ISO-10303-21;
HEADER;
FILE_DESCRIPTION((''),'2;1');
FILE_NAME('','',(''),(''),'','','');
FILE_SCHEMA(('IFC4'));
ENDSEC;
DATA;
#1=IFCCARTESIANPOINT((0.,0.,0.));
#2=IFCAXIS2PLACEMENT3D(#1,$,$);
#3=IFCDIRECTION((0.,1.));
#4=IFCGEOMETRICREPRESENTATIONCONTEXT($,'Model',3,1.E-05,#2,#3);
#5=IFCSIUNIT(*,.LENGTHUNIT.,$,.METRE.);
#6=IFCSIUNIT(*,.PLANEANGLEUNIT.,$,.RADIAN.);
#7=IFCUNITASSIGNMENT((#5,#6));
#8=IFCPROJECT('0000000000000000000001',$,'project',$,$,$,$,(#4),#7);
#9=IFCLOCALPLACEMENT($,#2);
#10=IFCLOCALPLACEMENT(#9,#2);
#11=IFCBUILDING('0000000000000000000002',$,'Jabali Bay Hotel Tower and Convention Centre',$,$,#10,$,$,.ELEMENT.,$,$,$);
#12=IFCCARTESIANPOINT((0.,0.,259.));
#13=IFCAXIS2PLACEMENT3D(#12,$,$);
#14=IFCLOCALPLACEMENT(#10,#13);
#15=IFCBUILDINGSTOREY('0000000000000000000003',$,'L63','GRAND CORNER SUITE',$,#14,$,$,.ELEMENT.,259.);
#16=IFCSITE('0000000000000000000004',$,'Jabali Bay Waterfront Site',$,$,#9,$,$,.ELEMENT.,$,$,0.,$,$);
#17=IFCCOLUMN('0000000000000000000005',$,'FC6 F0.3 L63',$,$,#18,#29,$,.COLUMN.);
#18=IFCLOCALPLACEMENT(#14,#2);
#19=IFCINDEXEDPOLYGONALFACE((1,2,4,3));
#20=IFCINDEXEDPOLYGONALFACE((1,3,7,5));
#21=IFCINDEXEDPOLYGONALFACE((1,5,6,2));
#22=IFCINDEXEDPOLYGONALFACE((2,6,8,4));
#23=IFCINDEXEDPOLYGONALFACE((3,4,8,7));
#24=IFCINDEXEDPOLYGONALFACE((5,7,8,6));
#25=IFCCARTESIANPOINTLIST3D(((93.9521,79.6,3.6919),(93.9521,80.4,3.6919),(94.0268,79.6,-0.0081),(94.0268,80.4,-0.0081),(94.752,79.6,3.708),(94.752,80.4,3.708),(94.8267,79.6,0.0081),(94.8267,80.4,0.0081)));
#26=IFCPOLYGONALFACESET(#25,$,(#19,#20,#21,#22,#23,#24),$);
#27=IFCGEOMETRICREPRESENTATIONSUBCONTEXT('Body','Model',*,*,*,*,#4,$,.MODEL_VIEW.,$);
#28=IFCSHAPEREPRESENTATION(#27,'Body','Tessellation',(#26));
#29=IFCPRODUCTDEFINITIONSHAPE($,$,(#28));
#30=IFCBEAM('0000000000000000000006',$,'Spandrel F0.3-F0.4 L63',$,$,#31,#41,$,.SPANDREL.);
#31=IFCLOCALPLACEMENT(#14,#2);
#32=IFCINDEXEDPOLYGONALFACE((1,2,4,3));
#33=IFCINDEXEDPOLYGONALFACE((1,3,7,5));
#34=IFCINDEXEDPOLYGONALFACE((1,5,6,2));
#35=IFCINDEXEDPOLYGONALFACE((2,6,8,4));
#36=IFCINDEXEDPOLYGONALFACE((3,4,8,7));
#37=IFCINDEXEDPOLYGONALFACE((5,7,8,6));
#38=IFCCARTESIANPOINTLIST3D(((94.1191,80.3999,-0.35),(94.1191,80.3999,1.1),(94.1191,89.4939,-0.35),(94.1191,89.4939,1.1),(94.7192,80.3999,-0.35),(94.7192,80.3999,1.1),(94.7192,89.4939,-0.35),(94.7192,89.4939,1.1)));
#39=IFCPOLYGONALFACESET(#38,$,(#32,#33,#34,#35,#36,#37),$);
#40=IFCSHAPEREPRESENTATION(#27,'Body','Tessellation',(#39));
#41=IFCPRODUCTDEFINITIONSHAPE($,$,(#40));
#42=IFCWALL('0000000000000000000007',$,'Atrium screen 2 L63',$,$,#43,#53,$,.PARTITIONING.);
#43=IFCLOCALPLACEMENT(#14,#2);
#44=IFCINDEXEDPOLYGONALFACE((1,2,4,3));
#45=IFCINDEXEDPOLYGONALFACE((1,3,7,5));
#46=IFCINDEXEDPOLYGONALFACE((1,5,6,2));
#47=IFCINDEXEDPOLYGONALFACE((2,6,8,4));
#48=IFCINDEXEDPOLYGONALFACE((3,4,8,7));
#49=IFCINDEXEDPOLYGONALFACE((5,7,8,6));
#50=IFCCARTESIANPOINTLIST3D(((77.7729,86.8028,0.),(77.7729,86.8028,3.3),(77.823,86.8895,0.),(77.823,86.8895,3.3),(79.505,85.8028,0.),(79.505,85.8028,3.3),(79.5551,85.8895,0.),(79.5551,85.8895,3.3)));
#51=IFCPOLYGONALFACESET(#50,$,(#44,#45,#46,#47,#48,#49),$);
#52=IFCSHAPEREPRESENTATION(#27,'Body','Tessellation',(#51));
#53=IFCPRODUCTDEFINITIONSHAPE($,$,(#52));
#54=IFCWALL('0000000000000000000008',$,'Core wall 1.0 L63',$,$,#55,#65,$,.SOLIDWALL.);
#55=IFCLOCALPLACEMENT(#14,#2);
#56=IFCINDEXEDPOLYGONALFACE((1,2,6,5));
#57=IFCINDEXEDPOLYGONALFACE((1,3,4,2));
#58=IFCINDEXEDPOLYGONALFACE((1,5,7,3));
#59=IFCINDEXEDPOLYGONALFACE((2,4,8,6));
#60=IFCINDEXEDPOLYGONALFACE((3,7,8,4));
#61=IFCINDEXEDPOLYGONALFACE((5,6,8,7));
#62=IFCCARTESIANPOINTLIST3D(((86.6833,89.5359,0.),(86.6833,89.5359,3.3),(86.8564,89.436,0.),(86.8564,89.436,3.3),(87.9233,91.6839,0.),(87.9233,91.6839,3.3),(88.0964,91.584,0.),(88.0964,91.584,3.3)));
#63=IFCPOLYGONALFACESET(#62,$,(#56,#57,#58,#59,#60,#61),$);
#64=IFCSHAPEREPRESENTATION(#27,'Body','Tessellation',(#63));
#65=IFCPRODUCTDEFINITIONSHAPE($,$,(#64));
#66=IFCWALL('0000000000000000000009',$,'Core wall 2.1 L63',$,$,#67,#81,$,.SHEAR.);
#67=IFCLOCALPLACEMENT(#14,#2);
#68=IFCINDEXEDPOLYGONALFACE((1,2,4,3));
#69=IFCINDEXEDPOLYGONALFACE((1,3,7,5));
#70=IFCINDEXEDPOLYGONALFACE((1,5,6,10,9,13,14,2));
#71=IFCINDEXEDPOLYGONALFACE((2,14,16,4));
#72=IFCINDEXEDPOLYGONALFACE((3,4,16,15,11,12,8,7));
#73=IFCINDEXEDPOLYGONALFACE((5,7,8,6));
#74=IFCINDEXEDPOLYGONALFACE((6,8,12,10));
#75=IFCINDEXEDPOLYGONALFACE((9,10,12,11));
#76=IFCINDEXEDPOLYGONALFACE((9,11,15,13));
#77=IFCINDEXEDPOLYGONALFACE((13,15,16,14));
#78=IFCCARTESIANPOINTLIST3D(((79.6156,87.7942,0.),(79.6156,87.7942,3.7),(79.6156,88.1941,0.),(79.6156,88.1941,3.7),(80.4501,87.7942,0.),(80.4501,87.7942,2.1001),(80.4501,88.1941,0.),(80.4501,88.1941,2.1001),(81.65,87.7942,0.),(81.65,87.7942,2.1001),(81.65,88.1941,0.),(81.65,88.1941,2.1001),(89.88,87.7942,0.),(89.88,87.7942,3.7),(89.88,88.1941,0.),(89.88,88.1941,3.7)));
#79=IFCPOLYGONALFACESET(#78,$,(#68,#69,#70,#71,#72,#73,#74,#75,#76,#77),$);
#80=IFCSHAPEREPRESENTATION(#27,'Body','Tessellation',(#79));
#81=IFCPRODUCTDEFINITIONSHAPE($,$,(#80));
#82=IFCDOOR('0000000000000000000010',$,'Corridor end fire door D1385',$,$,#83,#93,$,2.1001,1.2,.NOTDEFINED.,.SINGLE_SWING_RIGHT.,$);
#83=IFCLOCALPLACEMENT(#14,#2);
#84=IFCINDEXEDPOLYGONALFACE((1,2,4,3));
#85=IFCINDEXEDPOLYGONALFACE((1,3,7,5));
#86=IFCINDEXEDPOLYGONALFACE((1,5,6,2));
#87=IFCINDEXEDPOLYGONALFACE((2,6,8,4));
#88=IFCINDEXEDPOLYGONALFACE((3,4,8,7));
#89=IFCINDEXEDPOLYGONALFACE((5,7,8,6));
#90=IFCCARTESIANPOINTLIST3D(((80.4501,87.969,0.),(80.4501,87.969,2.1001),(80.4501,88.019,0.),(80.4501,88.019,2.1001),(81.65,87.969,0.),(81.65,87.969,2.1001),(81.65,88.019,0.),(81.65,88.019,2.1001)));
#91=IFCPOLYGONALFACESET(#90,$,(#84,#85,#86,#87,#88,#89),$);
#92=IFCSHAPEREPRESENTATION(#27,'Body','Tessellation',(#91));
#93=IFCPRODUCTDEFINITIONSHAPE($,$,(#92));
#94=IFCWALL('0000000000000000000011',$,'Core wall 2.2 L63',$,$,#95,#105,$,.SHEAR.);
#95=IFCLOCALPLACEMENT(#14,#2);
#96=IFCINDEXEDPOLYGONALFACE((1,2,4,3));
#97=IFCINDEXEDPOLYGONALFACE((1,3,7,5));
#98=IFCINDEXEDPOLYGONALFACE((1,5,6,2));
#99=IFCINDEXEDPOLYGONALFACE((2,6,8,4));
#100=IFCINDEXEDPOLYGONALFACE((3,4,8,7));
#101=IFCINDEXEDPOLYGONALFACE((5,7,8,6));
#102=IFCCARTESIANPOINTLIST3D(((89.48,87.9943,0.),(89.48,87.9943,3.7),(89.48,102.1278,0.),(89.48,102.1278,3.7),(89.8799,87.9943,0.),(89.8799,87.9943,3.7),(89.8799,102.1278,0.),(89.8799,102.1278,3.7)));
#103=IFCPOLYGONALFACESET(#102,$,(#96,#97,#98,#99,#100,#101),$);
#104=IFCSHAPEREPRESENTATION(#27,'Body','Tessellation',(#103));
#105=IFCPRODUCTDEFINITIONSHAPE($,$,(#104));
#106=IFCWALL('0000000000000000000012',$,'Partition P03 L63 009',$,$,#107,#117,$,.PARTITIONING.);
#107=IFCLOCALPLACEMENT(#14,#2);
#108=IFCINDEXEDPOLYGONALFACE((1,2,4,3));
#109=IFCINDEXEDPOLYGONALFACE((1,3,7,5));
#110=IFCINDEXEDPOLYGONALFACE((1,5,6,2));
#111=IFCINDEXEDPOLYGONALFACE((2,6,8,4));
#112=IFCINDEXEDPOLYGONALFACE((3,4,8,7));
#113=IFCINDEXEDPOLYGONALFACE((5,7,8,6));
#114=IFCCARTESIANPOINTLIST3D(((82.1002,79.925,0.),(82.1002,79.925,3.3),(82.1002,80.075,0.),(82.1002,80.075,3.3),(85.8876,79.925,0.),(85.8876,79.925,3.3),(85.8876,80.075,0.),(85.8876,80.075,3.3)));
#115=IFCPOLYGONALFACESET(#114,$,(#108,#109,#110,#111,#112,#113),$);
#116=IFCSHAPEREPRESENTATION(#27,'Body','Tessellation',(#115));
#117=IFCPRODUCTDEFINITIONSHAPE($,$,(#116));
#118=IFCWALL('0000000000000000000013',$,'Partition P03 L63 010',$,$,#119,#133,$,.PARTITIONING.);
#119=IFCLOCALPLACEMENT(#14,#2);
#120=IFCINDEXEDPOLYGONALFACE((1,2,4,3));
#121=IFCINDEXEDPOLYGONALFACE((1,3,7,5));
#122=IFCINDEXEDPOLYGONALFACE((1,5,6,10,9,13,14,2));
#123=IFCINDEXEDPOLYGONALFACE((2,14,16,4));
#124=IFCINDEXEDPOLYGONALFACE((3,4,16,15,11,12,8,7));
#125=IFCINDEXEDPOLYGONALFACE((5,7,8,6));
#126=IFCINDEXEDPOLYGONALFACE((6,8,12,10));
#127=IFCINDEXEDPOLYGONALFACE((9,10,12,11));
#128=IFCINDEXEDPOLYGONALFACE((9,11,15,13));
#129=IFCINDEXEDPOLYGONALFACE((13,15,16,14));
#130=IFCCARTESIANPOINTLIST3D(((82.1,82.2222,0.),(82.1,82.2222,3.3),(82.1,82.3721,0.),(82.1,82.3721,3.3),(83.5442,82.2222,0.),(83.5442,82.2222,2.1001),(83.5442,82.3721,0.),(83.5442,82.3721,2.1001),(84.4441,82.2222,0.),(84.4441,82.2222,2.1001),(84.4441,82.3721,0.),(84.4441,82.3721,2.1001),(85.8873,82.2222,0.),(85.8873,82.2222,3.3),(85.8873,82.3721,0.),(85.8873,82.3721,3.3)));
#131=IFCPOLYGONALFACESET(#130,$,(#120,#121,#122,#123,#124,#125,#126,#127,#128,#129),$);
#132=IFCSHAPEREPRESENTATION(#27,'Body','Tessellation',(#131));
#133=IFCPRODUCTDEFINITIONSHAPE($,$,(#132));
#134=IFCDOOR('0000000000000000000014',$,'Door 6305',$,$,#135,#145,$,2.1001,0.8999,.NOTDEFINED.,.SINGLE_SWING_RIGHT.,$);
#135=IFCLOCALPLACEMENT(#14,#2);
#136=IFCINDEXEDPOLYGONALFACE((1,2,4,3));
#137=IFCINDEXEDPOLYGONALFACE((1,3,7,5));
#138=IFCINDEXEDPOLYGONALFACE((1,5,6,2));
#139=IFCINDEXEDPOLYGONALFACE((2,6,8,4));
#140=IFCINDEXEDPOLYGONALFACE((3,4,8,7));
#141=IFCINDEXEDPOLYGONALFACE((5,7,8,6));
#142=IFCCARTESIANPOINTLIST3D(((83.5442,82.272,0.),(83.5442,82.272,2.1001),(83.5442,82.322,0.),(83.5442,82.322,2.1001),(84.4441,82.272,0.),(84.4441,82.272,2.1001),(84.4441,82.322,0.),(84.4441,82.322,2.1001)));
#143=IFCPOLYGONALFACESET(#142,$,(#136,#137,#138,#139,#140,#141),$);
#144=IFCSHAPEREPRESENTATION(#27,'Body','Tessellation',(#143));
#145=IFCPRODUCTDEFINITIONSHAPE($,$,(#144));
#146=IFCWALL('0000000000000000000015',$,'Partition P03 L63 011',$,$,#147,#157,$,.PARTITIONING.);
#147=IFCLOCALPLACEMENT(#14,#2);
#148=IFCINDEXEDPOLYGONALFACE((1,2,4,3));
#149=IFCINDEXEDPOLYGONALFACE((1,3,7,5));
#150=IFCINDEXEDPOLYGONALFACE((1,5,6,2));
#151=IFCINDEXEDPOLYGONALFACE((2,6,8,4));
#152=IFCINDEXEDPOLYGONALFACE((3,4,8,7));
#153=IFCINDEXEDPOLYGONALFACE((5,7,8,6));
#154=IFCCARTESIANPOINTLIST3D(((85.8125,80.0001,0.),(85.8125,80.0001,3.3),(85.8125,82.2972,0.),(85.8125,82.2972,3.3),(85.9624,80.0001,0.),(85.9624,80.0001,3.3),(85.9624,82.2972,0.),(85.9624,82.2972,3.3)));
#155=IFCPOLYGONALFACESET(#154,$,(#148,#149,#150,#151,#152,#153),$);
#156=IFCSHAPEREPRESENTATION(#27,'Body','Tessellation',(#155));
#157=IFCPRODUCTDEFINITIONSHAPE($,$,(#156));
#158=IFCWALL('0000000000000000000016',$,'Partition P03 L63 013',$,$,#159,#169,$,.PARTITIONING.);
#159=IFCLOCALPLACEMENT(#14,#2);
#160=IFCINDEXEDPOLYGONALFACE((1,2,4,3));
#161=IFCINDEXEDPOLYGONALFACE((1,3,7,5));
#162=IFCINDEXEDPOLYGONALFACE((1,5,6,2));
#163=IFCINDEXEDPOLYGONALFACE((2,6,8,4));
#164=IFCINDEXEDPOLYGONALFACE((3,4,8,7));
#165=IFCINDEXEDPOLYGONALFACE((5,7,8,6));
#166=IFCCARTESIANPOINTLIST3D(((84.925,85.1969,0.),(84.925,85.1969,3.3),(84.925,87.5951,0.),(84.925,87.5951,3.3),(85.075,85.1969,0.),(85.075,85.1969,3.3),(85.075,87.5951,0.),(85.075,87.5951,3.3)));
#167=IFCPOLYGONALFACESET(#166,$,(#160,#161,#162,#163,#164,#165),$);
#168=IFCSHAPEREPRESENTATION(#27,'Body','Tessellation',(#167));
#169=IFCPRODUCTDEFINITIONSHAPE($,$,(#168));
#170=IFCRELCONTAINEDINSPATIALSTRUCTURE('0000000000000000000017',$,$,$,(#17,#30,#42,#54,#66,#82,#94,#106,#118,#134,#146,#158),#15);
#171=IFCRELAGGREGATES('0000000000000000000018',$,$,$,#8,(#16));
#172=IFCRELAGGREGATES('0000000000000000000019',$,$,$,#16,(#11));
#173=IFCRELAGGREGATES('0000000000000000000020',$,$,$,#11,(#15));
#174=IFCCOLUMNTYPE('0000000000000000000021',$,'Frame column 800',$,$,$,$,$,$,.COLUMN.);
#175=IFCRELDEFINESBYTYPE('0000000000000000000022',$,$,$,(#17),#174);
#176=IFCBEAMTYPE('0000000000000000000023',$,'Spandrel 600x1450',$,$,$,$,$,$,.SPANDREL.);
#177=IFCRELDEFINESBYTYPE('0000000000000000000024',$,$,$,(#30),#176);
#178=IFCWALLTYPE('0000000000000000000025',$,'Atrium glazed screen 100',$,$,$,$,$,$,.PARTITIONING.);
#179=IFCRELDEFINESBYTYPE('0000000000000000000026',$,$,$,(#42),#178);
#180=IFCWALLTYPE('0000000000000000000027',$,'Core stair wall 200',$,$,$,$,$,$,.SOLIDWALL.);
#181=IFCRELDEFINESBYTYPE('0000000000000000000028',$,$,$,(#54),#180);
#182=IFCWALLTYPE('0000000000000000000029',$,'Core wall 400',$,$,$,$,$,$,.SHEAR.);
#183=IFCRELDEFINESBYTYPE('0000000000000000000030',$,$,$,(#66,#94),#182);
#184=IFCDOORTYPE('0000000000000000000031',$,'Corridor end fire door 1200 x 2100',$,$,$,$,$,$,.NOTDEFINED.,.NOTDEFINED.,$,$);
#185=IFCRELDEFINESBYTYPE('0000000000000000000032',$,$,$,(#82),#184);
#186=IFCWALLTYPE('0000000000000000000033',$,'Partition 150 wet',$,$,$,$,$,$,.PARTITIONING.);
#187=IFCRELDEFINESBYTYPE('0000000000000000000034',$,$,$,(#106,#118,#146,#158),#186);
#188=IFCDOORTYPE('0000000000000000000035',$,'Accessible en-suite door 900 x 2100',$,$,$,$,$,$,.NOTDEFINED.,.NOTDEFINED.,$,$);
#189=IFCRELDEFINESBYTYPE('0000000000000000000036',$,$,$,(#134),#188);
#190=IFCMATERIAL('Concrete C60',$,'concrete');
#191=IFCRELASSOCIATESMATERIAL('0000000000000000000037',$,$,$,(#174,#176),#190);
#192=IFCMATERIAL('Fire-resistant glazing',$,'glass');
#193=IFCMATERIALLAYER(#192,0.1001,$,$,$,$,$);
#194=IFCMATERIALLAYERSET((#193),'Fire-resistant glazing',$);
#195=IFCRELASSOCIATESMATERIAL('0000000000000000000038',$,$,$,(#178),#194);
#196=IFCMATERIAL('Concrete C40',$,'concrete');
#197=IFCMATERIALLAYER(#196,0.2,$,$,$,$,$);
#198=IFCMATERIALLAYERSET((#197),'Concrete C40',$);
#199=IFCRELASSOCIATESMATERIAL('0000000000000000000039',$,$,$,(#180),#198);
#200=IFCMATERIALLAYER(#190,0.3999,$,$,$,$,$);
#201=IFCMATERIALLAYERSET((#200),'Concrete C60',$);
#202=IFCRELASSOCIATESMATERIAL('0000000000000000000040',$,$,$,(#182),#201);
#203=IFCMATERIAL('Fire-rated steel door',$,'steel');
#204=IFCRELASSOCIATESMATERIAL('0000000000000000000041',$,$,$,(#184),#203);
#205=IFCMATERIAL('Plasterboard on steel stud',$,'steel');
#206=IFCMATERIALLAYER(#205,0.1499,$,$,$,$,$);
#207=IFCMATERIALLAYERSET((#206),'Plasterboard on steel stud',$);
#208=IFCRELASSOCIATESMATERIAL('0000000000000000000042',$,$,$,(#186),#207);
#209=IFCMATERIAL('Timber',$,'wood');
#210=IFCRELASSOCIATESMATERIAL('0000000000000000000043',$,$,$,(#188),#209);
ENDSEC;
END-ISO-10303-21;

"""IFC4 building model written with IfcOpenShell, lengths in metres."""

from ifc_helpers import new_model, si_unit, direction, frame, frame_2d, origin, origin_2d, place, context, subcontext, project, spatial, rectangle, extrude, material, layer, layer_set, material_profile, profile_set, type_object, element, fill, save


model = new_model("IFC4")

# Units and contexts
model_context = context("Model", 3, precision=1e-05, world=origin(), true_north=direction((0.0, 1.0)))
body_context = subcontext(model_context, "Body", "Model", "MODEL_VIEW")
ifc_project = project(units=[si_unit("LENGTHUNIT", "METRE"), si_unit("PLANEANGLEUNIT", "RADIAN")], contexts=[model_context])

# Site, building, storey
site_placement = place(None, origin())
site = spatial("IfcSite", under=ifc_project, at=site_placement, Name="Jabali Bay Waterfront Site", CompositionType="ELEMENT", RefElevation=0.0)
building_placement = place(site_placement, origin())
building = spatial("IfcBuilding", under=site, at=building_placement, Name="Jabali Bay Hotel Tower and Convention Centre", CompositionType="ELEMENT")
storey_placement = place(building_placement, frame((0.0, 0.0, 259.0)))
storey = spatial("IfcBuildingStorey", under=building, at=storey_placement, Name="L63", Description="GRAND CORNER SUITE", CompositionType="ELEMENT", Elevation=259.0)

# Column
ifc_material_1 = material(Name="Concrete C60", Category="concrete")
ifc_material_profile_1 = material_profile(ifc_material_1, rectangle(XDim=0.8, YDim=0.8, at=origin_2d()), Name="Frame column 800")
ifc_profile_set_1 = profile_set([ifc_material_profile_1], Name="Concrete C60")
column_type = type_object("IfcColumnType", Name="Frame column 800", PredefinedType="COLUMN", material=ifc_profile_set_1)
column_placement = place(storey_placement, frame((94.4268, 80.0, 0.0), z_axis=(-0.020187, 0.0, 0.999796), x_axis=(0.0, -1.0, 0.0)))
element("IfcColumn", 1, at=column_placement, inside=storey, type_object=column_type, Name="FC6 F0.3 L63", PredefinedType="COLUMN", context=body_context, shape_type="SweptSolid", body=[
    extrude(rectangle(XDim=0.8, YDim=0.8, at=origin_2d()), origin(), (0.0, 0.0, 1.0), 3.7007),
])

# Beam
ifc_material_profile_2 = material_profile(ifc_material_1, rectangle(XDim=0.6001, YDim=1.45, at=origin_2d()), Name="Spandrel 600x1450")
ifc_profile_set_2 = profile_set([ifc_material_profile_2], Name="Concrete C60")
beam_type = type_object("IfcBeamType", Name="Spandrel 600x1450", PredefinedType="SPANDREL", material=ifc_profile_set_2)
beam_placement = place(storey_placement, frame((94.4192, 80.3999, 0.375), z_axis=(0.0, 1.0, 0.0), x_axis=(-1.0, 0.0, 0.0)))
element("IfcBeam", 2, at=beam_placement, inside=storey, type_object=beam_type, Name="Spandrel F0.3-F0.4 L63", PredefinedType="SPANDREL", context=body_context, shape_type="SweptSolid", body=[
    extrude(rectangle(XDim=0.6001, YDim=1.45, at=origin_2d()), origin(), (0.0, 0.0, 1.0), 9.094),
])

# Walls
ifc_material_2 = material(Name="Fire-resistant glazing", Category="glass")
ifc_layer_1 = layer(ifc_material_2, 0.1001)
ifc_layer_set_1 = layer_set([ifc_layer_1], Name="Fire-resistant glazing")
wall_type_1 = type_object("IfcWallType", Name="Atrium glazed screen 100", PredefinedType="PARTITIONING", material=ifc_layer_set_1)
wall_1_placement = place(storey_placement, frame((79.53, 85.8462, 0.0), z_axis=(0.0, 0.0, 1.0), x_axis=(-0.866041, 0.499973, 0.0)))
element("IfcWall", 3, at=wall_1_placement, inside=storey, type_object=wall_type_1, Name="Atrium screen 2 L63", PredefinedType="PARTITIONING", context=body_context, shape_type="SweptSolid", body=[
    extrude(rectangle(XDim=2.0, YDim=0.1001, at=frame_2d((1.0, 0.0))), origin(), (0.0, 0.0, 1.0), 3.3),
])
ifc_material_3 = material(Name="Concrete C40", Category="concrete")
ifc_layer_2 = layer(ifc_material_3, 0.2)
ifc_layer_set_2 = layer_set([ifc_layer_2], Name="Concrete C40")
wall_type_2 = type_object("IfcWallType", Name="Core stair wall 200", PredefinedType="SOLIDWALL", material=ifc_layer_set_2)
wall_2_placement = place(storey_placement, frame((86.7698, 89.4858, 0.0), z_axis=(0.0, 0.0, 1.0), x_axis=(0.499961, 0.866048, 0.0)))
element("IfcWall", 4, at=wall_2_placement, inside=storey, type_object=wall_type_2, Name="Core wall 1.0 L63", PredefinedType="SOLIDWALL", context=body_context, shape_type="SweptSolid", body=[
    extrude(rectangle(XDim=2.4802, YDim=0.2, at=frame_2d((1.2402, 0.0))), origin(), (0.0, 0.0, 1.0), 3.3),
])

# Wall, opening, door
ifc_layer_3 = layer(ifc_material_1, 0.3999)
ifc_layer_set_3 = layer_set([ifc_layer_3], Name="Concrete C60")
wall_type_3 = type_object("IfcWallType", Name="Core wall 400", PredefinedType="SHEAR", material=ifc_layer_set_3)
wall_3_placement = place(storey_placement, frame((79.6155, 87.9941, 0.0), z_axis=(0.0, 0.0, 1.0), x_axis=(1.0, 0.0, 0.0)))
wall_3 = element("IfcWall", 5, at=wall_3_placement, inside=storey, type_object=wall_type_3, Name="Core wall 2.1 L63", PredefinedType="SHEAR", context=body_context, shape_type="SweptSolid", body=[
    extrude(rectangle(XDim=10.2644, YDim=0.3999, at=frame_2d((5.1323, 0.0))), origin(), (0.0, 0.0, 1.0), 3.7),
])
opening_1_placement = place(wall_3_placement, frame((0.8345, 0.0, 0.0)))
opening_1 = element("IfcOpeningElement", 6, at=opening_1_placement, cuts=wall_3, PredefinedType="OPENING", context=body_context, shape_type="SweptSolid", body=[
    extrude(rectangle(XDim=1.2, YDim=2.1001, at=frame_2d((0.6001, 1.05))), frame((0.0, 0.2104, 0.0), z_axis=(0.0, -1.0, 0.0), x_axis=(1.0, 0.0, 0.0)), (0.0, 0.0, 1.0), 0.4209),
])
ifc_material_4 = material(Name="Fire-rated steel door", Category="steel")
door_type_1 = type_object("IfcDoorType", Name="Corridor end fire door 1200 x 2100", OperationType="NOTDEFINED", PredefinedType="NOTDEFINED", material=ifc_material_4)
door_1_placement = place(opening_1_placement, origin())
door_1 = element("IfcDoor", 7, at=door_1_placement, inside=storey, type_object=door_type_1, Name="Corridor end fire door D1385", OperationType="SINGLE_SWING_RIGHT", OverallHeight=2.1001, OverallWidth=1.2, PredefinedType="NOTDEFINED", context=body_context, shape_type="SweptSolid", body=[
    extrude(rectangle(XDim=1.2, YDim=2.1001, at=frame_2d((0.6001, 1.05))), frame((0.0, 0.0249, 0.0), z_axis=(0.0, -1.0, 0.0), x_axis=(1.0, 0.0, 0.0)), (0.0, 0.0, 1.0), 0.05),
])
fill(opening_1, door_1)

# Walls
wall_4_placement = place(storey_placement, frame((89.6799, 87.9941, 0.0), z_axis=(0.0, 0.0, 1.0), x_axis=(0.0, 1.0, 0.0)))
element("IfcWall", 8, at=wall_4_placement, inside=storey, type_object=wall_type_3, Name="Core wall 2.2 L63", PredefinedType="SHEAR", context=body_context, shape_type="SweptSolid", body=[
    extrude(rectangle(XDim=14.1335, YDim=0.3999, at=frame_2d((7.0669, 0.0))), origin(), (0.0, 0.0, 1.0), 3.7),
])
ifc_material_5 = material(Name="Plasterboard on steel stud", Category="steel")
ifc_layer_4 = layer(ifc_material_5, 0.1499)
ifc_layer_set_4 = layer_set([ifc_layer_4], Name="Plasterboard on steel stud")
wall_type_4 = type_object("IfcWallType", Name="Partition 150 wet", PredefinedType="PARTITIONING", material=ifc_layer_set_4)
wall_5_placement = place(storey_placement, frame((85.8875, 80.0, 0.0), z_axis=(0.0, 0.0, 1.0), x_axis=(-1.0, 0.0, 0.0)))
element("IfcWall", 9, at=wall_5_placement, inside=storey, type_object=wall_type_4, Name="Partition P03 L63 009", PredefinedType="PARTITIONING", context=body_context, shape_type="SweptSolid", body=[
    extrude(rectangle(XDim=3.7874, YDim=0.1499, at=frame_2d((1.8936, 0.0))), origin(), (0.0, 0.0, 1.0), 3.3),
])

# Wall, opening, door
wall_6_placement = place(storey_placement, frame((82.1001, 82.2971, 0.0), z_axis=(0.0, 0.0, 1.0), x_axis=(1.0, 0.0, 0.0)))
wall_6 = element("IfcWall", 10, at=wall_6_placement, inside=storey, type_object=wall_type_4, Name="Partition P03 L63 010", PredefinedType="PARTITIONING", context=body_context, shape_type="SweptSolid", body=[
    extrude(rectangle(XDim=3.7874, YDim=0.1499, at=frame_2d((1.8936, 0.0))), origin(), (0.0, 0.0, 1.0), 3.3),
])
opening_2_placement = place(wall_6_placement, frame((1.4441, 0.0, 0.0)))
opening_2 = element("IfcOpeningElement", 11, at=opening_2_placement, cuts=wall_6, PredefinedType="OPENING", context=body_context, shape_type="SweptSolid", body=[
    extrude(rectangle(XDim=0.8999, YDim=2.1001, at=frame_2d((0.45, 1.05))), frame((0.0, 0.0854, 0.0), z_axis=(0.0, -1.0, 0.0), x_axis=(1.0, 0.0, 0.0)), (0.0, 0.0, 1.0), 0.1709),
])
ifc_material_6 = material(Name="Timber", Category="wood")
door_type_2 = type_object("IfcDoorType", Name="Accessible en-suite door 900 x 2100", OperationType="NOTDEFINED", PredefinedType="NOTDEFINED", material=ifc_material_6)
door_2_placement = place(opening_2_placement, origin())
door_2 = element("IfcDoor", 12, at=door_2_placement, inside=storey, type_object=door_type_2, Name="Door 6305", OperationType="SINGLE_SWING_RIGHT", OverallHeight=2.1001, OverallWidth=0.8999, PredefinedType="NOTDEFINED", context=body_context, shape_type="SweptSolid", body=[
    extrude(rectangle(XDim=0.8999, YDim=2.1001, at=frame_2d((0.45, 1.05))), frame((0.0, 0.0249, 0.0), z_axis=(0.0, -1.0, 0.0), x_axis=(1.0, 0.0, 0.0)), (0.0, 0.0, 1.0), 0.05),
])
fill(opening_2, door_2)

# Walls
wall_7_placement = place(storey_placement, frame((85.8875, 82.2971, 0.0), z_axis=(0.0, 0.0, 1.0), x_axis=(0.0, -1.0, 0.0)))
element("IfcWall", 13, at=wall_7_placement, inside=storey, type_object=wall_type_4, Name="Partition P03 L63 011", PredefinedType="PARTITIONING", context=body_context, shape_type="SweptSolid", body=[
    extrude(rectangle(XDim=2.2971, YDim=0.1499, at=frame_2d((1.1484, 0.0))), origin(), (0.0, 0.0, 1.0), 3.3),
])
wall_8_placement = place(storey_placement, frame((85.0, 87.5952, 0.0), z_axis=(0.0, 0.0, 1.0), x_axis=(0.0, -1.0, 0.0)))
element("IfcWall", 14, at=wall_8_placement, inside=storey, type_object=wall_type_4, Name="Partition P03 L63 013", PredefinedType="PARTITIONING", context=body_context, shape_type="SweptSolid", body=[
    extrude(rectangle(XDim=2.3982, YDim=0.1499, at=frame_2d((1.1992, 0.0))), origin(), (0.0, 0.0, 1.0), 3.3),
])

save(model, "model.ifc")
